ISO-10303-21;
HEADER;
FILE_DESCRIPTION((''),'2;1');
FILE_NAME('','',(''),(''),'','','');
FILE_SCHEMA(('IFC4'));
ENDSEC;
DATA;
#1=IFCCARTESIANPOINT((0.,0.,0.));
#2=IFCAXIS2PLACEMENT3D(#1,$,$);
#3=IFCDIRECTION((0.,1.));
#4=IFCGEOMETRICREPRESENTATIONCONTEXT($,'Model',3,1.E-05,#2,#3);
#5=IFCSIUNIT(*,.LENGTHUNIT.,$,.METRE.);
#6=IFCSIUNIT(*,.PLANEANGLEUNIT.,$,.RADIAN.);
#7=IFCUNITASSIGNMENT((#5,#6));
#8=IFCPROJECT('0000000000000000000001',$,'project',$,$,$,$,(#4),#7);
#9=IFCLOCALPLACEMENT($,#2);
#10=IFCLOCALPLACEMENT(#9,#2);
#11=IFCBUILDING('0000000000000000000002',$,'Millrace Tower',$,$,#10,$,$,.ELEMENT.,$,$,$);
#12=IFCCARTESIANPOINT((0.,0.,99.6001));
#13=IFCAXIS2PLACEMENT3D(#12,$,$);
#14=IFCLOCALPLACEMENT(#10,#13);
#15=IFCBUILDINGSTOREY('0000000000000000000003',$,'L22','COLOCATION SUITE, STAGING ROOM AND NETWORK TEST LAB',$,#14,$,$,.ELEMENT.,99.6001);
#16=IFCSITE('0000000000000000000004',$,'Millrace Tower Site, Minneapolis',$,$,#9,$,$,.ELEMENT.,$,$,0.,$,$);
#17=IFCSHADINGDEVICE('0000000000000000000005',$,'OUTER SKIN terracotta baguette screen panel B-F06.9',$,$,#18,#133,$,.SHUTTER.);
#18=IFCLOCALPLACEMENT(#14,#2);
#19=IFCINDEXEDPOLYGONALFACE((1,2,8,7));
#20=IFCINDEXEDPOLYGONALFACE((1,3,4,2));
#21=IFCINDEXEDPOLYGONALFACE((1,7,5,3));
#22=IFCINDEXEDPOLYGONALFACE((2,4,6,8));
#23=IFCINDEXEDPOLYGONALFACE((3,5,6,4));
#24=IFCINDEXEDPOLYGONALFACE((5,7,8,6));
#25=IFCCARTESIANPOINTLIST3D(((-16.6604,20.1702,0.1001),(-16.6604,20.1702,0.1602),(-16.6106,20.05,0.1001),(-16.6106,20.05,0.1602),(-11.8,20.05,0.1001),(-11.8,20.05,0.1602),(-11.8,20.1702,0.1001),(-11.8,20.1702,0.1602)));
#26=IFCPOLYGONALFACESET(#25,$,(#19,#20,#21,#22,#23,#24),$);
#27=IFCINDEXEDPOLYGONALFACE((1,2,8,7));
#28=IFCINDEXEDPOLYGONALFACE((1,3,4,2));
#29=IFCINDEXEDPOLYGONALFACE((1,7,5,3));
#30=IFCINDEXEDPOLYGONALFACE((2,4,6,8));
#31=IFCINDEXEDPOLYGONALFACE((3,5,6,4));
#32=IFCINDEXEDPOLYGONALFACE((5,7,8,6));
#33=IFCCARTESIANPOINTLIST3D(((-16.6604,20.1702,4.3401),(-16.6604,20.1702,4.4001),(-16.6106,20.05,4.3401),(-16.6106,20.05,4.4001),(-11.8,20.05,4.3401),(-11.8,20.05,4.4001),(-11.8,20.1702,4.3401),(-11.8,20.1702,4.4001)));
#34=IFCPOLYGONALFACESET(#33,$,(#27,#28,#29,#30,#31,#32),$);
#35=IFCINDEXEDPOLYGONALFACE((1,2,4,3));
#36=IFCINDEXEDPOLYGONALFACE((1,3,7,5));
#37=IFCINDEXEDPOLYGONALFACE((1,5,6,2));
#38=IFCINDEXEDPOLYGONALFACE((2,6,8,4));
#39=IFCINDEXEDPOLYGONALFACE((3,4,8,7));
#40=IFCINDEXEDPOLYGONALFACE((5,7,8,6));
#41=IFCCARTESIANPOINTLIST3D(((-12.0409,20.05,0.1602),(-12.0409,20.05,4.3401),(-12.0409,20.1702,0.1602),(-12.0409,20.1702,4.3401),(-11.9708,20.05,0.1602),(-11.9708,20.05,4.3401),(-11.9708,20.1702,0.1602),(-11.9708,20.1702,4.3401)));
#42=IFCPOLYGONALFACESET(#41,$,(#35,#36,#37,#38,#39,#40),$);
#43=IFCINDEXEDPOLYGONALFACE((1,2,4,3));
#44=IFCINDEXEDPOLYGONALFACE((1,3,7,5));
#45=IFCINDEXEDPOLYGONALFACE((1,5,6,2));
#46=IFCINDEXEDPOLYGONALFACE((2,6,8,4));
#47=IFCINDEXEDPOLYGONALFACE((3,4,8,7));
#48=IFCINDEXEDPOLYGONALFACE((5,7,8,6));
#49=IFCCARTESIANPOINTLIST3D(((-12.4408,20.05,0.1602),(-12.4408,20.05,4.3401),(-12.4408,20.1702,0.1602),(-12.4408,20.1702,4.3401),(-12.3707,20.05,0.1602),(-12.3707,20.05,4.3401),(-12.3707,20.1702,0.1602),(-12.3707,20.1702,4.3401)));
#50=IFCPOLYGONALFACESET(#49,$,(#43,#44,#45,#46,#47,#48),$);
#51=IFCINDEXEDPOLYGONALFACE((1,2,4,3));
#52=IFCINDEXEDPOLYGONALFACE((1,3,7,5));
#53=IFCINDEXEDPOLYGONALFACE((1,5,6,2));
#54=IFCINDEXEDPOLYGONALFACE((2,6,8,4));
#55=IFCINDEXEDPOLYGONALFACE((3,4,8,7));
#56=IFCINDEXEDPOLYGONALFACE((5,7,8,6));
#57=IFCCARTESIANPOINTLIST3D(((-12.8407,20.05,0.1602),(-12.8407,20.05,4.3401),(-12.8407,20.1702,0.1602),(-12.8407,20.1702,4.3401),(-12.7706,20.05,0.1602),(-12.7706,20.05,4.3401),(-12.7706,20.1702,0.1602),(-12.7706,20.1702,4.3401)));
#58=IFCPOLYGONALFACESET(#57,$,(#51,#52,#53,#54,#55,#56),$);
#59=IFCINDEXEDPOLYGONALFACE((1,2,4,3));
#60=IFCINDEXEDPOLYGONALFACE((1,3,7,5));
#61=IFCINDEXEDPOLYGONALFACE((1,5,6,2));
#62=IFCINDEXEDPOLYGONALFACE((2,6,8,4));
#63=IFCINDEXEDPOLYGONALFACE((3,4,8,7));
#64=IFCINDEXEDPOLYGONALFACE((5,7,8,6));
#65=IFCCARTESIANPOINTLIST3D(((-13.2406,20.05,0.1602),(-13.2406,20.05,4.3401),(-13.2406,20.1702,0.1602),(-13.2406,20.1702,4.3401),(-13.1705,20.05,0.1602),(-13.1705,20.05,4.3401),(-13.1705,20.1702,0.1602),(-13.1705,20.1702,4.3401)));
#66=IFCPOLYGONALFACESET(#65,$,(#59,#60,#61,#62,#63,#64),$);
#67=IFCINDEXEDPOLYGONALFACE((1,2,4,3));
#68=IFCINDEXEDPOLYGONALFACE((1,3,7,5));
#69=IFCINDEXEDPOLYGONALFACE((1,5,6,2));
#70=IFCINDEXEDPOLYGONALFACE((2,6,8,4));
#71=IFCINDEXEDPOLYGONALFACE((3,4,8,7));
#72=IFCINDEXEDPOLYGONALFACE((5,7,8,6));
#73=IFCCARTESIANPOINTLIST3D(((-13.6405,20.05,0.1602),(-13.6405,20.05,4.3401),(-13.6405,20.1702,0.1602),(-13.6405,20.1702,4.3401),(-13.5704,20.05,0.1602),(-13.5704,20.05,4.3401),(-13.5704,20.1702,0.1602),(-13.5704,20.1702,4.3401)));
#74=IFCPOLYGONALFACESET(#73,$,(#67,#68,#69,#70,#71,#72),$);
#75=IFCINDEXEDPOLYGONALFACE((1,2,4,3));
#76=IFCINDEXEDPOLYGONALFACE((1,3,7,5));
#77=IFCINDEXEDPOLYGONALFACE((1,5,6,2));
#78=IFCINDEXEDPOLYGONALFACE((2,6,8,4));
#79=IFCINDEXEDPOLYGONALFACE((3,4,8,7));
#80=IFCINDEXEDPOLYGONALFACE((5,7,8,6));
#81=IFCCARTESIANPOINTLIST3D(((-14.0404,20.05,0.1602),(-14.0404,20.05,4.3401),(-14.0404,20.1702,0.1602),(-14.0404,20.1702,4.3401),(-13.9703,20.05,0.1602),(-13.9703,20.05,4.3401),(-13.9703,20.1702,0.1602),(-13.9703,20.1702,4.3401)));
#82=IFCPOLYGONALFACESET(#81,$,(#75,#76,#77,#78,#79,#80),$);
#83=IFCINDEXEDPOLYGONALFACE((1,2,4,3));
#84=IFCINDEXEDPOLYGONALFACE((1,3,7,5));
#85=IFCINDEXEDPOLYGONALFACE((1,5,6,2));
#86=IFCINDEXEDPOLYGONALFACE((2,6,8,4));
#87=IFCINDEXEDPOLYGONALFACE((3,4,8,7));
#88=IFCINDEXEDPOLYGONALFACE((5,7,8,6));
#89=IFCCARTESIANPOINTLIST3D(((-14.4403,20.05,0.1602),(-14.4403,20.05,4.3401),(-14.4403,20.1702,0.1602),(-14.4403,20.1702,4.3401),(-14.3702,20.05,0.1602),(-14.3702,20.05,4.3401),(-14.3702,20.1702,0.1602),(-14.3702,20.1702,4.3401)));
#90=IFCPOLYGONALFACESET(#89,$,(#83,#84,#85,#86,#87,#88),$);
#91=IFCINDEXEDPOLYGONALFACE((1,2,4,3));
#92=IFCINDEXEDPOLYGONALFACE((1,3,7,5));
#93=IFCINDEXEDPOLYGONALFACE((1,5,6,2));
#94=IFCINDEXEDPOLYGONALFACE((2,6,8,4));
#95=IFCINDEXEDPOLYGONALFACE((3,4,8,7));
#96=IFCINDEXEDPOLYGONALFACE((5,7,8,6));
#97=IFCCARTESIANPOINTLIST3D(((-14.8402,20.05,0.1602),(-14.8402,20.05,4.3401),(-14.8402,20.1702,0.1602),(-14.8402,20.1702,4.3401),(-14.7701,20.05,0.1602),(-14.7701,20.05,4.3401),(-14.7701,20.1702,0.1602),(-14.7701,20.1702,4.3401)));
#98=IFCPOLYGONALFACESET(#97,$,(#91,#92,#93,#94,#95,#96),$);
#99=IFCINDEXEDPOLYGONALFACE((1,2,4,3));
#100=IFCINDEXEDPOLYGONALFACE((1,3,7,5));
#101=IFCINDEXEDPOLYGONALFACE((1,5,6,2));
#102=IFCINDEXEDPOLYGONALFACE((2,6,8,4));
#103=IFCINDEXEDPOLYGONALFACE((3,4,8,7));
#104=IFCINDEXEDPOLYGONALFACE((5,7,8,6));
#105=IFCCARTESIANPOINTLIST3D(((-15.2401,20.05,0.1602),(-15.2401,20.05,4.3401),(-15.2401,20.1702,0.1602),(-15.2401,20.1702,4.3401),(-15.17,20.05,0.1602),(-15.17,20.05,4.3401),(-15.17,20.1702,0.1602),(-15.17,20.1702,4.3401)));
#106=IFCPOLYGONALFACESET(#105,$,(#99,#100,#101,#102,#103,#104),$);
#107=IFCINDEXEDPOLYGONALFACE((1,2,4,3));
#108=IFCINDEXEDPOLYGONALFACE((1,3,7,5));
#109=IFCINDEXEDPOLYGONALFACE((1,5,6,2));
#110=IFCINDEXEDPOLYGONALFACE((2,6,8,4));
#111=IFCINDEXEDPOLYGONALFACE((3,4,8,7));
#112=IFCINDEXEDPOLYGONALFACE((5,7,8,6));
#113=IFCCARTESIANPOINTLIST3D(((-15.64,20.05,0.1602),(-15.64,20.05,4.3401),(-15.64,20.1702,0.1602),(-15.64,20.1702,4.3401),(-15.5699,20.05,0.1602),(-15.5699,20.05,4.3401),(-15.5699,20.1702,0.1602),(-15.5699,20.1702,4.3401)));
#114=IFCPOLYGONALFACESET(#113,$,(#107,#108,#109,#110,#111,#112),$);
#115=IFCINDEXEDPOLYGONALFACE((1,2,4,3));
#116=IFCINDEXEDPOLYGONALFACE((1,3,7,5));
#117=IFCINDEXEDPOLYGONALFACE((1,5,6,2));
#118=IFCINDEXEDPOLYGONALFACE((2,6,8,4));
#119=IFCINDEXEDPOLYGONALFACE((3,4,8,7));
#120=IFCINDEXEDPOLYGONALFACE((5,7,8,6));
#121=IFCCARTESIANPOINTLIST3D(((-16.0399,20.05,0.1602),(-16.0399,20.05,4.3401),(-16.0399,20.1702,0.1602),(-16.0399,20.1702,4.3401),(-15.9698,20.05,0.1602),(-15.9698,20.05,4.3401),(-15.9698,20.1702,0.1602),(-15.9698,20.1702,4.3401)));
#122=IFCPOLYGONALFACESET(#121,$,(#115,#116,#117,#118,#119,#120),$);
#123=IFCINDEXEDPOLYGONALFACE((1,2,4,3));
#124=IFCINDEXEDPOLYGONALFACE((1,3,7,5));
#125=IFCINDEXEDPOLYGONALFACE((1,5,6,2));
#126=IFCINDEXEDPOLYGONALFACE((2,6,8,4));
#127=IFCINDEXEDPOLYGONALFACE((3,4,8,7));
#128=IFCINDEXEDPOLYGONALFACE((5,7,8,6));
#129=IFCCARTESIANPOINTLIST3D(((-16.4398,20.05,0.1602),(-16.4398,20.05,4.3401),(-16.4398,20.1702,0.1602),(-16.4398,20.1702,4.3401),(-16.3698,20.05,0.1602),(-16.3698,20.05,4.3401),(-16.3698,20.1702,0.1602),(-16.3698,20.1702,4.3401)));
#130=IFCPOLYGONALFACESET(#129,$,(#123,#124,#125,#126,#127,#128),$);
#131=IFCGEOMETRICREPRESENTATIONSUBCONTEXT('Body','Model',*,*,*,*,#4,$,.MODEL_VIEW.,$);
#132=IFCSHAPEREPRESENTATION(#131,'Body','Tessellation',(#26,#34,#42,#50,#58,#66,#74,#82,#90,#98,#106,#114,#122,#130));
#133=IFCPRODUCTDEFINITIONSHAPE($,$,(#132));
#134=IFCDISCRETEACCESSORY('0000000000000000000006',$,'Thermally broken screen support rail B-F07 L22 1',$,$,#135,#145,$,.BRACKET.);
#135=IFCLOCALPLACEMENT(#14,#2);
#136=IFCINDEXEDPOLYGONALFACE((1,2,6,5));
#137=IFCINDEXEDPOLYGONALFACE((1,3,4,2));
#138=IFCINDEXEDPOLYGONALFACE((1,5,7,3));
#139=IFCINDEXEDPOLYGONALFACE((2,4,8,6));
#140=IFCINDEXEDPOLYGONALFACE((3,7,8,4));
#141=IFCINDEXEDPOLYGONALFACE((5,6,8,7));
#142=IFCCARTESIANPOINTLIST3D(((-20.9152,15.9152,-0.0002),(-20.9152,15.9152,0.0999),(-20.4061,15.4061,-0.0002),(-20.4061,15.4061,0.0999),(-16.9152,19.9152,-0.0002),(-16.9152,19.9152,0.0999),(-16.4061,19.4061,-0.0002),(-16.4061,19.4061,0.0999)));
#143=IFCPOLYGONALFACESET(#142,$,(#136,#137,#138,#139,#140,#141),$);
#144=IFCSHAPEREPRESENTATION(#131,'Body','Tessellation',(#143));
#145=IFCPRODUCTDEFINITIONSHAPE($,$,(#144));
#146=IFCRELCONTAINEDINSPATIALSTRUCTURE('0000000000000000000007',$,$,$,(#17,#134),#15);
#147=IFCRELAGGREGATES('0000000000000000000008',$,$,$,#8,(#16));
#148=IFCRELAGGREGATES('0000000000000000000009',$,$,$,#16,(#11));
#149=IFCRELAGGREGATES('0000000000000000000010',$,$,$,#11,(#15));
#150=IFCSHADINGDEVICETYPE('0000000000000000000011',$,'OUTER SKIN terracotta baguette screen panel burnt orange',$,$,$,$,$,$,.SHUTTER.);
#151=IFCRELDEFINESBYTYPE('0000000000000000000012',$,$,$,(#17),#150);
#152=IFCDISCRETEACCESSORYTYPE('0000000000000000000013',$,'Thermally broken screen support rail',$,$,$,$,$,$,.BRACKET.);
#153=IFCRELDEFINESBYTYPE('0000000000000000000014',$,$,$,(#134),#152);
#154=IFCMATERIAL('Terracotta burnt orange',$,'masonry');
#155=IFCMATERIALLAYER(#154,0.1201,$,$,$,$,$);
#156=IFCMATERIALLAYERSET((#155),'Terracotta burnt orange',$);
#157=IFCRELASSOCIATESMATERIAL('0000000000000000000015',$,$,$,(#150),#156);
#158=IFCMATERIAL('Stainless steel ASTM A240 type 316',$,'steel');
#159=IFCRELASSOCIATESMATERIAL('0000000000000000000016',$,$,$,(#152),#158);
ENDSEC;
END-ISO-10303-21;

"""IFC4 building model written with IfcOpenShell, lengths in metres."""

from ifc_helpers import new_model, entity, si_unit, direction, frame, frame_2d, origin, origin_2d, place, context, subcontext, project, spatial, rectangle, extrude, source, transform, mapped, material, layer, layer_set, type_object, element, save


model = new_model("IFC4")

# Units and contexts
model_context = context("Model", 3, precision=1e-05, world=origin(), true_north=direction((0.0, 1.0)))
body_context = subcontext(model_context, "Body", "Model", "MODEL_VIEW")
ifc_project = project(units=[si_unit("LENGTHUNIT", "METRE"), si_unit("PLANEANGLEUNIT", "RADIAN")], contexts=[model_context])

# Site, building, storey
site_placement = place(None, origin())
site = spatial("IfcSite", under=ifc_project, at=site_placement, Name="Millrace Tower Site, Minneapolis", CompositionType="ELEMENT", RefElevation=0.0)
building_placement = place(site_placement, origin())
building = spatial("IfcBuilding", under=site, at=building_placement, Name="Millrace Tower", CompositionType="ELEMENT")
storey_placement = place(building_placement, frame((0.0, 0.0, 99.6001)))
storey = spatial("IfcBuildingStorey", under=building, at=storey_placement, Name="L22", Description="COLOCATION SUITE, STAGING ROOM AND NETWORK TEST LAB", CompositionType="ELEMENT", Elevation=99.6001)

# Shading device
ifc_material_1 = material(Name="Terracotta burnt orange", Category="masonry")
ifc_layer_1 = layer(ifc_material_1, 0.1201)
ifc_layer_set_1 = layer_set([ifc_layer_1], Name="Terracotta burnt orange")
shading_device_type = type_object("IfcShadingDeviceType", Name="OUTER SKIN terracotta baguette screen panel burnt orange", PredefinedType="SHUTTER", material=ifc_layer_set_1)
cartesian_point_1 = entity("IfcCartesianPoint", [-2.4177, 0.0601])
shared_polyline_1 = entity("IfcPolyline", [cartesian_point_1, entity("IfcCartesianPoint", [2.3928, 0.0601]), entity("IfcCartesianPoint", [2.4426, -0.0601]), entity("IfcCartesianPoint", [-2.4177, -0.0601]), cartesian_point_1])
shared_shape_1 = source(origin(), body_context, "Body", "SweptSolid", [
    entity("IfcExtrudedAreaSolid", entity("IfcArbitraryClosedProfileDef", "AREA", None, shared_polyline_1), entity("IfcAxis2Placement3D", entity("IfcCartesianPoint", [0.0, 0.0, 0.0])), entity("IfcDirection", [0.0, 0.0, 1.0]), 0.0601),
    entity("IfcExtrudedAreaSolid", entity("IfcArbitraryClosedProfileDef", "AREA", None, shared_polyline_1), entity("IfcAxis2Placement3D", entity("IfcCartesianPoint", [0.0, 0.0, 4.24])), entity("IfcDirection", [0.0, 0.0, 1.0]), 0.0601),
    extrude(rectangle(XDim=0.0701, YDim=0.1201, at=frame_2d((-2.2119, 0.0))), frame((0.0, 0.0, 0.0601)), (0.0, 0.0, 1.0), 4.1799),
    extrude(rectangle(XDim=0.0701, YDim=0.1201, at=frame_2d((-1.812, 0.0))), frame((0.0, 0.0, 0.0601)), (0.0, 0.0, 1.0), 4.1799),
    extrude(rectangle(XDim=0.0701, YDim=0.1201, at=frame_2d((-1.4121, 0.0))), frame((0.0, 0.0, 0.0601)), (0.0, 0.0, 1.0), 4.1799),
    extrude(rectangle(XDim=0.0701, YDim=0.1201, at=frame_2d((-1.0122, 0.0))), frame((0.0, 0.0, 0.0601)), (0.0, 0.0, 1.0), 4.1799),
    extrude(rectangle(XDim=0.0701, YDim=0.1201, at=frame_2d((-0.6123, 0.0))), frame((0.0, 0.0, 0.0601)), (0.0, 0.0, 1.0), 4.1799),
    extrude(rectangle(XDim=0.0701, YDim=0.1201, at=frame_2d((-0.2124, 0.0))), frame((0.0, 0.0, 0.0601)), (0.0, 0.0, 1.0), 4.1799),
    extrude(rectangle(XDim=0.0701, YDim=0.1201, at=frame_2d((0.1875, 0.0))), frame((0.0, 0.0, 0.0601)), (0.0, 0.0, 1.0), 4.1799),
    extrude(rectangle(XDim=0.0701, YDim=0.1201, at=frame_2d((0.5874, 0.0))), frame((0.0, 0.0, 0.0601)), (0.0, 0.0, 1.0), 4.1799),
    extrude(rectangle(XDim=0.0701, YDim=0.1201, at=frame_2d((0.9873, 0.0))), frame((0.0, 0.0, 0.0601)), (0.0, 0.0, 1.0), 4.1799),
    extrude(rectangle(XDim=0.0701, YDim=0.1201, at=frame_2d((1.3872, 0.0))), frame((0.0, 0.0, 0.0601)), (0.0, 0.0, 1.0), 4.1799),
    extrude(rectangle(XDim=0.0701, YDim=0.1201, at=frame_2d((1.7871, 0.0))), frame((0.0, 0.0, 0.0601)), (0.0, 0.0, 1.0), 4.1799),
    extrude(rectangle(XDim=0.0701, YDim=0.1201, at=frame_2d((2.187, 0.0))), frame((0.0, 0.0, 0.0601)), (0.0, 0.0, 1.0), 4.1799),
])
shading_device_1_placement = place(storey_placement, frame((-14.2178, 20.1101, 0.1001), z_axis=(0.0, 0.0, 1.0), x_axis=(-1.0, 0.0, 0.0)))
element("IfcShadingDevice", 1, at=shading_device_1_placement, inside=storey, type_object=shading_device_type, Name="OUTER SKIN terracotta baguette screen panel B-F06.9", PredefinedType="SHUTTER", context=body_context, shape_type="MappedRepresentation", body=[
    mapped(shared_shape_1, transform((0.0, 0.0, 0.0), scale=1.0)),
])

# Discrete accessory
ifc_material_2 = material(Name="Stainless steel ASTM A240 type 316", Category="steel")
discrete_accessory_type = type_object("IfcDiscreteAccessoryType", Name="Thermally broken screen support rail", PredefinedType="BRACKET", material=ifc_material_2)
discrete_accessory_placement = place(storey_placement, frame((-18.6606, 17.6606, -0.0002), z_axis=(0.0, 0.0, 1.0), x_axis=(-0.707107, -0.707107, 0.0)))
element("IfcDiscreteAccessory", 2, at=discrete_accessory_placement, inside=storey, type_object=discrete_accessory_type, Name="Thermally broken screen support rail B-F07 L22 1", PredefinedType="BRACKET", context=body_context, shape_type="SweptSolid", body=[
    extrude(rectangle(XDim=5.6567, YDim=0.72, at=origin_2d()), origin(), (0.0, 0.0, 1.0), 0.1001),
])

save(model, "model.ifc")
